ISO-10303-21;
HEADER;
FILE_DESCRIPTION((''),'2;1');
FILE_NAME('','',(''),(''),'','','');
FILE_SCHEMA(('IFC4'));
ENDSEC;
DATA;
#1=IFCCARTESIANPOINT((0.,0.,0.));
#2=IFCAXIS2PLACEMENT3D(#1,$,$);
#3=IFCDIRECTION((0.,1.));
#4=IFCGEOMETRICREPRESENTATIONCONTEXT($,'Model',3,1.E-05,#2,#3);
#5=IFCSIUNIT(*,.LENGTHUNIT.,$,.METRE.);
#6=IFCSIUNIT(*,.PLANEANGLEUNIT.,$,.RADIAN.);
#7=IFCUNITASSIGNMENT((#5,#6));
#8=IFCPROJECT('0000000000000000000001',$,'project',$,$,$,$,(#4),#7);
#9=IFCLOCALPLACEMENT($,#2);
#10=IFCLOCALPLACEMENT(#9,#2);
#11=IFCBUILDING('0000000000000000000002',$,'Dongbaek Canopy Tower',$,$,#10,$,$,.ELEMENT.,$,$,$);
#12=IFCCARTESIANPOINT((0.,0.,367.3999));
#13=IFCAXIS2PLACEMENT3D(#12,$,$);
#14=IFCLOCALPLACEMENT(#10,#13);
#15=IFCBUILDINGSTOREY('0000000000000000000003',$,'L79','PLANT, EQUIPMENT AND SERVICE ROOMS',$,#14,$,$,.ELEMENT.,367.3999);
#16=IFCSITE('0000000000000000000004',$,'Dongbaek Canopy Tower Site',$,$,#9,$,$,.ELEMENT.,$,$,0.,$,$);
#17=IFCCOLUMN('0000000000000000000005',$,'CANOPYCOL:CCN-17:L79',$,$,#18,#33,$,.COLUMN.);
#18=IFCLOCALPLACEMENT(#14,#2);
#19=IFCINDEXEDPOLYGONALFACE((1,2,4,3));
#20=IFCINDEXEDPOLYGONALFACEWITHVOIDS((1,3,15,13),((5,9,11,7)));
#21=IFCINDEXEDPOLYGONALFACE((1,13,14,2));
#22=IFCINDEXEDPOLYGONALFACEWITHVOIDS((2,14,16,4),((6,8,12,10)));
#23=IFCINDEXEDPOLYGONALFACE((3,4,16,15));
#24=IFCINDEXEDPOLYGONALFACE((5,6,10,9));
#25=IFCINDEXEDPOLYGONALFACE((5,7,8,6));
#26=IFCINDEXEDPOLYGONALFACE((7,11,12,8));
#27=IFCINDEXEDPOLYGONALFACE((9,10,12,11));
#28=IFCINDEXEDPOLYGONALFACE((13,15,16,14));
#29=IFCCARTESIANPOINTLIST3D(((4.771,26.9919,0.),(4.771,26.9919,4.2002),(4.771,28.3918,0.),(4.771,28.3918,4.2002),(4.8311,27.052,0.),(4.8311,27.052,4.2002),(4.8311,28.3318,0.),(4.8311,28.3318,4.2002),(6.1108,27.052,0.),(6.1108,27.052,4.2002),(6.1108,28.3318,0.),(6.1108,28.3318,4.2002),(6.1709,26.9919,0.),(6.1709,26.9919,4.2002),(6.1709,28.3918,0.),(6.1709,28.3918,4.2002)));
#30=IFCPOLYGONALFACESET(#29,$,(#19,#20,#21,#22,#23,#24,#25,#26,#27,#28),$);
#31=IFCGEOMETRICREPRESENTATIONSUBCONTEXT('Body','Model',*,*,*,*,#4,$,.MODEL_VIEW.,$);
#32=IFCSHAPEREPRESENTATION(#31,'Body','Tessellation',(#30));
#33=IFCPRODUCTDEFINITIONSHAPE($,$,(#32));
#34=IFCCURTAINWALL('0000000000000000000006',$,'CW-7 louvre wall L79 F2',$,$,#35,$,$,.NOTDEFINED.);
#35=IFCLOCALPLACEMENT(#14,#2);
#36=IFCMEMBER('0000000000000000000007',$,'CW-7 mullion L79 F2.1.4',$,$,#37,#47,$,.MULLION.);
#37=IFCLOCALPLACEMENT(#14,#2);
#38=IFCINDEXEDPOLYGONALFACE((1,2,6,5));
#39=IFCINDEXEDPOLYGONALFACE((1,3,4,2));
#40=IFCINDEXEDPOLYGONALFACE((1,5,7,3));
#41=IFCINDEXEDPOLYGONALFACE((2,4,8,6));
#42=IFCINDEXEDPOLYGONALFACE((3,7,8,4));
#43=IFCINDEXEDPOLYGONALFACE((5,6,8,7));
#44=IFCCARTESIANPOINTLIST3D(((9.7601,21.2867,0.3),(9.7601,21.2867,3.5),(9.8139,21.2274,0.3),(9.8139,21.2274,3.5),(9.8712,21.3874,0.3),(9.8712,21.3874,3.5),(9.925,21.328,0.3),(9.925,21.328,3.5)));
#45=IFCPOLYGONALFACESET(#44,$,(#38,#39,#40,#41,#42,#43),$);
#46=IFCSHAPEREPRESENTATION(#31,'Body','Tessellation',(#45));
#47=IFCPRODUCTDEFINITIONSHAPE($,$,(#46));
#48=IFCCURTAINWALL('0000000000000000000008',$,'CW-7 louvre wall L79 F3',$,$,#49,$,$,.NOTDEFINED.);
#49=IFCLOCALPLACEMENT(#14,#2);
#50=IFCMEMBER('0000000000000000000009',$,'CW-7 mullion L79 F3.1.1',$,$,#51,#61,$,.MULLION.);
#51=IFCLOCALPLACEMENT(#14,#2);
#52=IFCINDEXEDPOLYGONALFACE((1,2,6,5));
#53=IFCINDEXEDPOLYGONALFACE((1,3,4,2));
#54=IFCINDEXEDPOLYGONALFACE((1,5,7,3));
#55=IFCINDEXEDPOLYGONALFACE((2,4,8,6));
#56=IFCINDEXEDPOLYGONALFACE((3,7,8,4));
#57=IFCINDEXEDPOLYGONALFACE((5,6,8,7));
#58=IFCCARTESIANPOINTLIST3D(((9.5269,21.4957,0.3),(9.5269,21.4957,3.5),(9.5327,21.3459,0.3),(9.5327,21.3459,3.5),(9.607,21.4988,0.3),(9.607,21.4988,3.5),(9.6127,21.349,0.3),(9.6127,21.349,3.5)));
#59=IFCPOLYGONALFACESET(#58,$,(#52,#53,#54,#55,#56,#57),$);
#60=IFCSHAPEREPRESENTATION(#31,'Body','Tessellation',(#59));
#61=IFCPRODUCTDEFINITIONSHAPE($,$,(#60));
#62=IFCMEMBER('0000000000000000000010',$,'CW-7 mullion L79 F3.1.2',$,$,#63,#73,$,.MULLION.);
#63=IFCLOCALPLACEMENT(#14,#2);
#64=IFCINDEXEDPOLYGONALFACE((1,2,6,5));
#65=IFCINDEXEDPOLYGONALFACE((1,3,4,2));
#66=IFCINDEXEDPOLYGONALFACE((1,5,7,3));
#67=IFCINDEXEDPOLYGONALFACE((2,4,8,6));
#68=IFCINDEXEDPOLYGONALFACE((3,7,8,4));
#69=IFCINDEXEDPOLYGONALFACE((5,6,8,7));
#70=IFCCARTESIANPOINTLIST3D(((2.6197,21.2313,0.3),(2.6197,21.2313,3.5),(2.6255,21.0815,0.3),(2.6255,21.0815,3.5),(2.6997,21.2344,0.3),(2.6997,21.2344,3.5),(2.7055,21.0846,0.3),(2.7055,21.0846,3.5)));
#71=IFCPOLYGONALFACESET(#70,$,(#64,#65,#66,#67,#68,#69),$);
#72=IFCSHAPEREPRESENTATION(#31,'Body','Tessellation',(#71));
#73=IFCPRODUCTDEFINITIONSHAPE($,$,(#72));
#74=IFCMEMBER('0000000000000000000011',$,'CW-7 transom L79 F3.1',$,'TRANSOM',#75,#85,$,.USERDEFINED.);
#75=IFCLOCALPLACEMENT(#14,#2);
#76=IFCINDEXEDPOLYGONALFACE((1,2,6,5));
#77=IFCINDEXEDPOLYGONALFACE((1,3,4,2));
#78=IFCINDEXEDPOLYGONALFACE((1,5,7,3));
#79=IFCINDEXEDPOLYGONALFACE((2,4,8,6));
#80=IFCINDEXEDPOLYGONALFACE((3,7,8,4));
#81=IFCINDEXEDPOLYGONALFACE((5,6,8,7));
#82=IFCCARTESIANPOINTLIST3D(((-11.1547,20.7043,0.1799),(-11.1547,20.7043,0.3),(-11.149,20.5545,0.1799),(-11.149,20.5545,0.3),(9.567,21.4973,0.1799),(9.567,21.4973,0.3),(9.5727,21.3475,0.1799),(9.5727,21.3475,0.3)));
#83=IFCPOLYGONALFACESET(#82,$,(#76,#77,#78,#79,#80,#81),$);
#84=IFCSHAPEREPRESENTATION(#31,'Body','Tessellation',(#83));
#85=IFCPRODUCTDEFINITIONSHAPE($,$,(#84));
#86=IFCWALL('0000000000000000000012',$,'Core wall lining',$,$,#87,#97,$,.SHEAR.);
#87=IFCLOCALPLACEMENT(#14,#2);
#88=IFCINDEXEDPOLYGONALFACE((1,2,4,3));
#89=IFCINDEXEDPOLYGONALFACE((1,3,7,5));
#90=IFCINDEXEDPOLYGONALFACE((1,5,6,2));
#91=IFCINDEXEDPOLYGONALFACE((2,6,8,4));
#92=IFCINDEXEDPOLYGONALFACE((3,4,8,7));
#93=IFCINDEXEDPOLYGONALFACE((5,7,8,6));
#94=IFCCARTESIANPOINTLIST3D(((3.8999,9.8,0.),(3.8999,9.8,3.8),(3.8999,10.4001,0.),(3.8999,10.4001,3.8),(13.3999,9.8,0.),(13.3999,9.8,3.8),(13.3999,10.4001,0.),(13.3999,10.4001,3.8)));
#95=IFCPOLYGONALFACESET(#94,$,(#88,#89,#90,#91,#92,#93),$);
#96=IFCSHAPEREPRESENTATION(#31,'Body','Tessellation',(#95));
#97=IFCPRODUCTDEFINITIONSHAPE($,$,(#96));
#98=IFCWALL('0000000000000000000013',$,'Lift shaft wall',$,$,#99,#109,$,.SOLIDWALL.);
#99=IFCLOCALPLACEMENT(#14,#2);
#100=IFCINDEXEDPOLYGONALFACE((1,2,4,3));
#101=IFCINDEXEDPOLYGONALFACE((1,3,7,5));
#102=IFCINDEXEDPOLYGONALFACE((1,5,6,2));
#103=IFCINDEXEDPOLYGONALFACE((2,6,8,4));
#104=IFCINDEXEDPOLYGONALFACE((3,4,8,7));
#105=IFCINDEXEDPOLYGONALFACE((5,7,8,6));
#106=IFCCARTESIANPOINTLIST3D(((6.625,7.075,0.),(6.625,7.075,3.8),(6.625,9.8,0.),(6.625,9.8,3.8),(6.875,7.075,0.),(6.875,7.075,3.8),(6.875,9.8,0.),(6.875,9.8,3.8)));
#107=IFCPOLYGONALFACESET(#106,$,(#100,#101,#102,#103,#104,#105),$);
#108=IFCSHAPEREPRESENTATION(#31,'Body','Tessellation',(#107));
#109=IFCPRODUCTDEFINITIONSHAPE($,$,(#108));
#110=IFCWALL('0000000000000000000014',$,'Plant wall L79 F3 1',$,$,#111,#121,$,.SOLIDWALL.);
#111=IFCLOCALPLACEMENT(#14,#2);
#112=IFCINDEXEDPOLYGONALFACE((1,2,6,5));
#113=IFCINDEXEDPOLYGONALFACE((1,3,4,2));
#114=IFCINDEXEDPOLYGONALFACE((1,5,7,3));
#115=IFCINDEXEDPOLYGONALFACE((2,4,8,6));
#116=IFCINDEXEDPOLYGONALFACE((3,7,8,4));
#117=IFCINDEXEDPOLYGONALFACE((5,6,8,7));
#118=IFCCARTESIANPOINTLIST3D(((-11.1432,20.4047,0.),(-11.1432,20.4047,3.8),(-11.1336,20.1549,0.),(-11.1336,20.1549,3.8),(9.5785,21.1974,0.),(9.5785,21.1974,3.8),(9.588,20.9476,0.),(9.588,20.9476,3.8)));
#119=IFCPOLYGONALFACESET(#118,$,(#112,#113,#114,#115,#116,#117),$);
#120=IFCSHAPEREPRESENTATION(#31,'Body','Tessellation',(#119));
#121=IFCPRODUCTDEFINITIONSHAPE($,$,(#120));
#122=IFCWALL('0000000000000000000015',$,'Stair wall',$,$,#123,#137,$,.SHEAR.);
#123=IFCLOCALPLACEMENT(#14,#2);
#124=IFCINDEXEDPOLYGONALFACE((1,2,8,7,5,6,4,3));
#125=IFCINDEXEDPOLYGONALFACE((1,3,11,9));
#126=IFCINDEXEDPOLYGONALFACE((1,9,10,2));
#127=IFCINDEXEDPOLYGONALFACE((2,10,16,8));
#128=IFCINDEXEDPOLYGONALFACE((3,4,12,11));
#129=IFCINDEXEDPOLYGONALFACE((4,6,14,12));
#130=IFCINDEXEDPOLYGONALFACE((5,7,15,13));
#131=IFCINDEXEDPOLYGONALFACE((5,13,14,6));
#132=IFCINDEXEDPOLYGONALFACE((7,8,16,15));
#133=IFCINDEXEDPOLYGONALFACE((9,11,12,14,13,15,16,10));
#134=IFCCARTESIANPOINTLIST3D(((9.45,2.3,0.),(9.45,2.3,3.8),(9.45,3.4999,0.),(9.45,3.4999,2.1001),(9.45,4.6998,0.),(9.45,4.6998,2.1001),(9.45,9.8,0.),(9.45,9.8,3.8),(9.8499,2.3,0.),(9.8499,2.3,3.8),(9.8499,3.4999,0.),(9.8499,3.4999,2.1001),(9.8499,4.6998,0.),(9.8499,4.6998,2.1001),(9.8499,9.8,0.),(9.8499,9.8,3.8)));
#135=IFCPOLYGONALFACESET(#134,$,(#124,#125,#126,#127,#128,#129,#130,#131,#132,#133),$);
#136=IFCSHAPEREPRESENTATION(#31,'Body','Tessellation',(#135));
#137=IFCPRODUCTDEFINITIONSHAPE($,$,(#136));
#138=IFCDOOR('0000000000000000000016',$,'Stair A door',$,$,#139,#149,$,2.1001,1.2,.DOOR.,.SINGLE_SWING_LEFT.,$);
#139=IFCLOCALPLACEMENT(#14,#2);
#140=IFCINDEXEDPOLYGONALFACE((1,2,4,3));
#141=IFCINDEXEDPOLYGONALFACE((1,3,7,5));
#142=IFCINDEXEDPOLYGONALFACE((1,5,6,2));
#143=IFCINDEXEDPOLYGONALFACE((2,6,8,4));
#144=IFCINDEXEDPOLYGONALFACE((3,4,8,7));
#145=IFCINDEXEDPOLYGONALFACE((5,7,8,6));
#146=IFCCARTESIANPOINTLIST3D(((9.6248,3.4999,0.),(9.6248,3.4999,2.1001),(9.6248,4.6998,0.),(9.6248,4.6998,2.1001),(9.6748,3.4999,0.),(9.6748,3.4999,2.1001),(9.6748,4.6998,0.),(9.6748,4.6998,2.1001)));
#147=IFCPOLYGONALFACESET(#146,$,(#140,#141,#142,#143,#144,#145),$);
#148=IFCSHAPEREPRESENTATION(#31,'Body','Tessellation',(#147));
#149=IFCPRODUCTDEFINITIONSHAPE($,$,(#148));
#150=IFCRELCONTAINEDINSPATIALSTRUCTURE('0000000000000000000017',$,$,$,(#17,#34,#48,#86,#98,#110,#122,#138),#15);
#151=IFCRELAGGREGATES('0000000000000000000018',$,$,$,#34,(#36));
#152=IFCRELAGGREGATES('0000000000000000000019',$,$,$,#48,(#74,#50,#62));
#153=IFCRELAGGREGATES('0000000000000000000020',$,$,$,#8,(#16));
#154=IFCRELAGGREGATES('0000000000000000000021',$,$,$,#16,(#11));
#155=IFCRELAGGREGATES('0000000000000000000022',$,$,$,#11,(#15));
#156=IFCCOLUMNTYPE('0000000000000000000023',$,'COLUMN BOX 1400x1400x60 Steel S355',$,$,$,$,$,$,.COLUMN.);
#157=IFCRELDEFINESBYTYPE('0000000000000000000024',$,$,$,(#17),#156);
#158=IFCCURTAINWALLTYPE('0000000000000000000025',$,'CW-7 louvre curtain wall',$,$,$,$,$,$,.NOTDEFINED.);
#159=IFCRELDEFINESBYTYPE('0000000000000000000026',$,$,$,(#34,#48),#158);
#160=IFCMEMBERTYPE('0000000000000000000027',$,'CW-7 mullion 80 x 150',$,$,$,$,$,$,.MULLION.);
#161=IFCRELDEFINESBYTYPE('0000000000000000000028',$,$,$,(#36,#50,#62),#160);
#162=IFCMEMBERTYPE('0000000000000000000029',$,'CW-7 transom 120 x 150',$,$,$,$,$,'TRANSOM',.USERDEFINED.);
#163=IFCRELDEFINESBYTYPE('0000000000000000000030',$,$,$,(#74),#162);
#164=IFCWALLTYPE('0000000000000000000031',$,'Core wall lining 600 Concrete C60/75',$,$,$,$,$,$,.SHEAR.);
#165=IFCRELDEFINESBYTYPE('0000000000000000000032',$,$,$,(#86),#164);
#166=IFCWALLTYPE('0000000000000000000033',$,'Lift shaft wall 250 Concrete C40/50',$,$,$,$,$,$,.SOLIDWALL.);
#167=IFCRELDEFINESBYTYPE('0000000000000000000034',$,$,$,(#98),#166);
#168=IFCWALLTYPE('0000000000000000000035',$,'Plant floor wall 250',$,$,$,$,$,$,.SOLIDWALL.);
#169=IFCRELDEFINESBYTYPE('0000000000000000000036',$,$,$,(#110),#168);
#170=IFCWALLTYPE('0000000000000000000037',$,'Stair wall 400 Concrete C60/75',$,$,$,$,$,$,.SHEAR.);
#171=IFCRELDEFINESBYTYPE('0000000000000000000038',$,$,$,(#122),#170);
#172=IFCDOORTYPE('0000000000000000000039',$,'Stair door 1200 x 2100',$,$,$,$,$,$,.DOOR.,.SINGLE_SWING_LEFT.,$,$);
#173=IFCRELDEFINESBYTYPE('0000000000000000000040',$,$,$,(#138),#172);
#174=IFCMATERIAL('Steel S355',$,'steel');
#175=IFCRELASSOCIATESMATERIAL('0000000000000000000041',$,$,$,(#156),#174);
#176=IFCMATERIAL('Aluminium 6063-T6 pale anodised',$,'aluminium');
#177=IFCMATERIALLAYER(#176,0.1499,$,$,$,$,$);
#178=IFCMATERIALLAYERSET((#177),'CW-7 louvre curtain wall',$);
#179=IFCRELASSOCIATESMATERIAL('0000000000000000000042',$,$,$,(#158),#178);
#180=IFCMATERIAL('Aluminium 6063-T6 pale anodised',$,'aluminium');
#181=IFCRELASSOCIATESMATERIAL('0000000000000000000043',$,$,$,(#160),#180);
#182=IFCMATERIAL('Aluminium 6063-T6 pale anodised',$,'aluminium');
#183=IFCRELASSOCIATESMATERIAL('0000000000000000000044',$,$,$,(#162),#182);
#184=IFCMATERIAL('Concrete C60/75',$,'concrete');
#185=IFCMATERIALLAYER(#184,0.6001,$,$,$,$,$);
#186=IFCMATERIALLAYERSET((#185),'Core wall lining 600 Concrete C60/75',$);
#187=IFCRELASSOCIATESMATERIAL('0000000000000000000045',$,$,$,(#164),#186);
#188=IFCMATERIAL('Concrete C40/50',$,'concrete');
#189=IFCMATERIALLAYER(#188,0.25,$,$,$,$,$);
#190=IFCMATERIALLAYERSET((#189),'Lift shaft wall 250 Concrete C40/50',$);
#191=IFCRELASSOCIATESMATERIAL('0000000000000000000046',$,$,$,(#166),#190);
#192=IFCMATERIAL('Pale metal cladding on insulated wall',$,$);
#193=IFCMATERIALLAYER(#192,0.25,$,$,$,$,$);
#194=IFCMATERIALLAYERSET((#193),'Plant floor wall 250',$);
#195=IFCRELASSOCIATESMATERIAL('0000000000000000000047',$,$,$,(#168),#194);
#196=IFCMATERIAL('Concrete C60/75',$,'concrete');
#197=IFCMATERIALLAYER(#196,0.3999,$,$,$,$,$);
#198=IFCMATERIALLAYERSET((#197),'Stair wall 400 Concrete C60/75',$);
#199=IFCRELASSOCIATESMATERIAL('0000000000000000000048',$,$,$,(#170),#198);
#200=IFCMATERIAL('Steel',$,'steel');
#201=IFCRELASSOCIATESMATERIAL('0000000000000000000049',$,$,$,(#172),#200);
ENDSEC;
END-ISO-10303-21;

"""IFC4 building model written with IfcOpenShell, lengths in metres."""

from ifc_helpers import new_model, si_unit, direction, frame, frame_2d, origin, origin_2d, place, context, subcontext, project, spatial, rectangle, hollow_rectangle, extrude, material, layer, layer_set, material_profile, profile_set, type_object, element, fill, aggregate, save


model = new_model("IFC4")

# Units and contexts
model_context = context("Model", 3, precision=1e-05, world=origin(), true_north=direction((0.0, 1.0)))
body_context = subcontext(model_context, "Body", "Model", "MODEL_VIEW")
ifc_project = project(units=[si_unit("LENGTHUNIT", "METRE"), si_unit("PLANEANGLEUNIT", "RADIAN")], contexts=[model_context])

# Site, building, storey
site_placement = place(None, origin())
site = spatial("IfcSite", under=ifc_project, at=site_placement, Name="Dongbaek Canopy Tower Site", CompositionType="ELEMENT", RefElevation=0.0)
building_placement = place(site_placement, origin())
building = spatial("IfcBuilding", under=site, at=building_placement, Name="Dongbaek Canopy Tower", CompositionType="ELEMENT")
storey_placement = place(building_placement, frame((0.0, 0.0, 367.3999)))
storey = spatial("IfcBuildingStorey", under=building, at=storey_placement, Name="L79", Description="PLANT, EQUIPMENT AND SERVICE ROOMS", CompositionType="ELEMENT", Elevation=367.3999)

# Column
ifc_material_1 = material(Name="Steel S355", Category="steel")
ifc_material_profile_1 = material_profile(ifc_material_1, hollow_rectangle(XDim=1.3999, YDim=1.3999, WallThickness=0.0601, at=origin_2d()), Name="COLUMN BOX 1400x1400x60 Steel S355")
ifc_profile_set_1 = profile_set([ifc_material_profile_1], Name="Steel S355")
column_type = type_object("IfcColumnType", Name="COLUMN BOX 1400x1400x60 Steel S355", PredefinedType="COLUMN", material=ifc_profile_set_1)
column_placement = place(storey_placement, frame((5.4709, 27.6919, 0.0), z_axis=(0.0, 0.0, 1.0), x_axis=(1.0, 0.0, 0.0)))
element("IfcColumn", 1, at=column_placement, inside=storey, type_object=column_type, Name="CANOPYCOL:CCN-17:L79", PredefinedType="COLUMN", context=body_context, shape_type="SweptSolid", body=[
    extrude(hollow_rectangle(XDim=1.3999, YDim=1.3999, WallThickness=0.0601, at=origin_2d()), origin(), (0.0, 0.0, 1.0), 4.2002),
])

# Curtain wall, member
ifc_material_2 = material(Name="Aluminium 6063-T6 pale anodised", Category="aluminium")
ifc_layer_1 = layer(ifc_material_2, 0.1499)
ifc_layer_set_1 = layer_set([ifc_layer_1], Name="CW-7 louvre curtain wall")
curtain_wall_type = type_object("IfcCurtainWallType", Name="CW-7 louvre curtain wall", PredefinedType="NOTDEFINED", material=ifc_layer_set_1)
curtain_wall_1_placement = place(storey_placement, origin())
curtain_wall_1 = element("IfcCurtainWall", 2, at=curtain_wall_1_placement, inside=storey, type_object=curtain_wall_type, Name="CW-7 louvre wall L79 F2", PredefinedType="NOTDEFINED")
ifc_material_3 = material(Name="Aluminium 6063-T6 pale anodised", Category="aluminium")
ifc_material_profile_2 = material_profile(ifc_material_3, rectangle(XDim=0.1499, YDim=0.0801, at=origin_2d()), Name="CW-7 mullion 80 x 150")
ifc_profile_set_2 = profile_set([ifc_material_profile_2], Name="Aluminium 6063-T6 pale anodised")
member_type_1 = type_object("IfcMemberType", Name="CW-7 mullion 80 x 150", PredefinedType="MULLION", material=ifc_profile_set_2)
member_1_placement = place(storey_placement, frame((9.8425, 21.3074, 0.3), z_axis=(0.0, 0.0, 1.0), x_axis=(0.741222, 0.67126, 0.0)))
member_1 = element("IfcMember", 3, at=member_1_placement, type_object=member_type_1, Name="CW-7 mullion L79 F2.1.4", PredefinedType="MULLION", context=body_context, shape_type="SweptSolid", body=[
    extrude(rectangle(XDim=0.1499, YDim=0.0801, at=origin_2d()), origin(), (0.0, 0.0, 1.0), 3.2),
])
aggregate(curtain_wall_1, [member_1])

# Curtain wall, members
curtain_wall_2_placement = place(storey_placement, origin())
curtain_wall_2 = element("IfcCurtainWall", 4, at=curtain_wall_2_placement, inside=storey, type_object=curtain_wall_type, Name="CW-7 louvre wall L79 F3", PredefinedType="NOTDEFINED")
member_2_placement = place(storey_placement, frame((9.5698, 21.4224, 0.3), z_axis=(0.0, 0.0, 1.0), x_axis=(-0.038232, 0.999269, 0.0)))
member_2 = element("IfcMember", 5, at=member_2_placement, type_object=member_type_1, Name="CW-7 mullion L79 F3.1.1", PredefinedType="MULLION", context=body_context, shape_type="SweptSolid", body=[
    extrude(rectangle(XDim=0.1499, YDim=0.0801, at=origin_2d()), origin(), (0.0, 0.0, 1.0), 3.2),
])
member_3_placement = place(storey_placement, frame((2.6626, 21.158, 0.3), z_axis=(0.0, 0.0, 1.0), x_axis=(-0.038232, 0.999269, 0.0)))
member_3 = element("IfcMember", 6, at=member_3_placement, type_object=member_type_1, Name="CW-7 mullion L79 F3.1.2", PredefinedType="MULLION", context=body_context, shape_type="SweptSolid", body=[
    extrude(rectangle(XDim=0.1499, YDim=0.0801, at=origin_2d()), origin(), (0.0, 0.0, 1.0), 3.2),
])
ifc_material_4 = material(Name="Aluminium 6063-T6 pale anodised", Category="aluminium")
ifc_material_profile_3 = material_profile(ifc_material_4, rectangle(XDim=0.1499, YDim=0.1201, at=origin_2d()), Name="CW-7 transom 120 x 150")
ifc_profile_set_3 = profile_set([ifc_material_profile_3], Name="Aluminium 6063-T6 pale anodised")
member_type_2 = type_object("IfcMemberType", Name="CW-7 transom 120 x 150", ElementType="TRANSOM", PredefinedType="USERDEFINED", material=ifc_profile_set_3)
member_4_placement = place(storey_placement, frame((9.5698, 21.4224, 0.24), z_axis=(-0.999269, -0.03824, 0.0), x_axis=(0.03824, -0.999269, 0.0)))
member_4 = element("IfcMember", 7, at=member_4_placement, type_object=member_type_2, Name="CW-7 transom L79 F3.1", ObjectType="TRANSOM", PredefinedType="USERDEFINED", context=body_context, shape_type="SweptSolid", body=[
    extrude(rectangle(XDim=0.1499, YDim=0.1201, at=origin_2d()), origin(), (0.0, 0.0, 1.0), 20.7368),
])

# Walls
ifc_material_5 = material(Name="Concrete C60/75", Category="concrete")
ifc_layer_2 = layer(ifc_material_5, 0.6001)
ifc_layer_set_2 = layer_set([ifc_layer_2], Name="Core wall lining 600 Concrete C60/75")
wall_type_1 = type_object("IfcWallType", Name="Core wall lining 600 Concrete C60/75", PredefinedType="SHEAR", material=ifc_layer_set_2)
wall_1_placement = place(storey_placement, frame((3.8999, 10.1001, 0.0), z_axis=(0.0, 0.0, 1.0), x_axis=(1.0, 0.0, 0.0)))
element("IfcWall", 8, at=wall_1_placement, inside=storey, type_object=wall_type_1, Name="Core wall lining", PredefinedType="SHEAR", context=body_context, shape_type="SweptSolid", body=[
    extrude(rectangle(XDim=9.5, YDim=0.6001, at=frame_2d((4.75, 0.0))), origin(), (0.0, 0.0, 1.0), 3.8),
])
ifc_material_6 = material(Name="Concrete C40/50", Category="concrete")
ifc_layer_3 = layer(ifc_material_6, 0.25)
ifc_layer_set_3 = layer_set([ifc_layer_3], Name="Lift shaft wall 250 Concrete C40/50")
wall_type_2 = type_object("IfcWallType", Name="Lift shaft wall 250 Concrete C40/50", PredefinedType="SOLIDWALL", material=ifc_layer_set_3)
wall_2_placement = place(storey_placement, frame((6.75, 7.075, 0.0), z_axis=(0.0, 0.0, 1.0), x_axis=(0.0, 1.0, 0.0)))
element("IfcWall", 9, at=wall_2_placement, inside=storey, type_object=wall_type_2, Name="Lift shaft wall", PredefinedType="SOLIDWALL", context=body_context, shape_type="SweptSolid", body=[
    extrude(rectangle(XDim=2.7251, YDim=0.25, at=frame_2d((1.3625, 0.0))), origin(), (0.0, 0.0, 1.0), 3.8),
])
ifc_material_7 = material(Name="Pale metal cladding on insulated wall")
ifc_layer_4 = layer(ifc_material_7, 0.25)
ifc_layer_set_4 = layer_set([ifc_layer_4], Name="Plant floor wall 250")
wall_type_3 = type_object("IfcWallType", Name="Plant floor wall 250", PredefinedType="SOLIDWALL", material=ifc_layer_set_4)
wall_3_placement = place(storey_placement, frame((9.5833, 21.0725, 0.0), z_axis=(0.0, 0.0, 1.0), x_axis=(-0.999269, -0.038228, 0.0)))
element("IfcWall", 10, at=wall_3_placement, inside=storey, type_object=wall_type_3, Name="Plant wall L79 F3 1", PredefinedType="SOLIDWALL", context=body_context, shape_type="SweptSolid", body=[
    extrude(rectangle(XDim=20.7368, YDim=0.25, at=frame_2d((10.3684, 0.0))), origin(), (0.0, 0.0, 1.0), 3.8),
])

# Wall, opening, door
ifc_material_8 = material(Name="Concrete C60/75", Category="concrete")
ifc_layer_5 = layer(ifc_material_8, 0.3999)
ifc_layer_set_5 = layer_set([ifc_layer_5], Name="Stair wall 400 Concrete C60/75")
wall_type_4 = type_object("IfcWallType", Name="Stair wall 400 Concrete C60/75", PredefinedType="SHEAR", material=ifc_layer_set_5)
wall_4_placement = place(storey_placement, frame((9.6499, 9.8, 0.0), z_axis=(0.0, 0.0, 1.0), x_axis=(0.0, -1.0, 0.0)))
wall_4 = element("IfcWall", 11, at=wall_4_placement, inside=storey, type_object=wall_type_4, Name="Stair wall", PredefinedType="SHEAR", context=body_context, shape_type="SweptSolid", body=[
    extrude(rectangle(XDim=7.5, YDim=0.3999, at=frame_2d((3.75, 0.0))), origin(), (0.0, 0.0, 1.0), 3.8),
])
opening_placement = place(wall_4_placement, frame((5.1001, 0.0, 0.0)))
opening = element("IfcOpeningElement", 12, at=opening_placement, cuts=wall_4, PredefinedType="OPENING", context=body_context, shape_type="SweptSolid", body=[
    extrude(rectangle(XDim=1.2, YDim=2.1001, at=frame_2d((0.6001, 1.05))), frame((0.0, 0.21, 0.0), z_axis=(0.0, -1.0, 0.0), x_axis=(1.0, 0.0, 0.0)), (0.0, 0.0, 1.0), 0.4199),
])
ifc_material_9 = material(Name="Steel", Category="steel")
door_type = type_object("IfcDoorType", Name="Stair door 1200 x 2100", OperationType="SINGLE_SWING_LEFT", PredefinedType="DOOR", material=ifc_material_9)
door_placement = place(opening_placement, origin())
door = element("IfcDoor", 13, at=door_placement, inside=storey, type_object=door_type, Name="Stair A door", OperationType="SINGLE_SWING_LEFT", OverallHeight=2.1001, OverallWidth=1.2, PredefinedType="DOOR", context=body_context, shape_type="SweptSolid", body=[
    extrude(rectangle(XDim=1.2, YDim=2.1001, at=frame_2d((0.6001, 1.05))), frame((0.0, 0.0249, 0.0), z_axis=(0.0, -1.0, 0.0), x_axis=(1.0, 0.0, 0.0)), (0.0, 0.0, 1.0), 0.05),
])
fill(opening, door)

aggregate(curtain_wall_2, [member_4, member_2, member_3])

save(model, "model.ifc")
